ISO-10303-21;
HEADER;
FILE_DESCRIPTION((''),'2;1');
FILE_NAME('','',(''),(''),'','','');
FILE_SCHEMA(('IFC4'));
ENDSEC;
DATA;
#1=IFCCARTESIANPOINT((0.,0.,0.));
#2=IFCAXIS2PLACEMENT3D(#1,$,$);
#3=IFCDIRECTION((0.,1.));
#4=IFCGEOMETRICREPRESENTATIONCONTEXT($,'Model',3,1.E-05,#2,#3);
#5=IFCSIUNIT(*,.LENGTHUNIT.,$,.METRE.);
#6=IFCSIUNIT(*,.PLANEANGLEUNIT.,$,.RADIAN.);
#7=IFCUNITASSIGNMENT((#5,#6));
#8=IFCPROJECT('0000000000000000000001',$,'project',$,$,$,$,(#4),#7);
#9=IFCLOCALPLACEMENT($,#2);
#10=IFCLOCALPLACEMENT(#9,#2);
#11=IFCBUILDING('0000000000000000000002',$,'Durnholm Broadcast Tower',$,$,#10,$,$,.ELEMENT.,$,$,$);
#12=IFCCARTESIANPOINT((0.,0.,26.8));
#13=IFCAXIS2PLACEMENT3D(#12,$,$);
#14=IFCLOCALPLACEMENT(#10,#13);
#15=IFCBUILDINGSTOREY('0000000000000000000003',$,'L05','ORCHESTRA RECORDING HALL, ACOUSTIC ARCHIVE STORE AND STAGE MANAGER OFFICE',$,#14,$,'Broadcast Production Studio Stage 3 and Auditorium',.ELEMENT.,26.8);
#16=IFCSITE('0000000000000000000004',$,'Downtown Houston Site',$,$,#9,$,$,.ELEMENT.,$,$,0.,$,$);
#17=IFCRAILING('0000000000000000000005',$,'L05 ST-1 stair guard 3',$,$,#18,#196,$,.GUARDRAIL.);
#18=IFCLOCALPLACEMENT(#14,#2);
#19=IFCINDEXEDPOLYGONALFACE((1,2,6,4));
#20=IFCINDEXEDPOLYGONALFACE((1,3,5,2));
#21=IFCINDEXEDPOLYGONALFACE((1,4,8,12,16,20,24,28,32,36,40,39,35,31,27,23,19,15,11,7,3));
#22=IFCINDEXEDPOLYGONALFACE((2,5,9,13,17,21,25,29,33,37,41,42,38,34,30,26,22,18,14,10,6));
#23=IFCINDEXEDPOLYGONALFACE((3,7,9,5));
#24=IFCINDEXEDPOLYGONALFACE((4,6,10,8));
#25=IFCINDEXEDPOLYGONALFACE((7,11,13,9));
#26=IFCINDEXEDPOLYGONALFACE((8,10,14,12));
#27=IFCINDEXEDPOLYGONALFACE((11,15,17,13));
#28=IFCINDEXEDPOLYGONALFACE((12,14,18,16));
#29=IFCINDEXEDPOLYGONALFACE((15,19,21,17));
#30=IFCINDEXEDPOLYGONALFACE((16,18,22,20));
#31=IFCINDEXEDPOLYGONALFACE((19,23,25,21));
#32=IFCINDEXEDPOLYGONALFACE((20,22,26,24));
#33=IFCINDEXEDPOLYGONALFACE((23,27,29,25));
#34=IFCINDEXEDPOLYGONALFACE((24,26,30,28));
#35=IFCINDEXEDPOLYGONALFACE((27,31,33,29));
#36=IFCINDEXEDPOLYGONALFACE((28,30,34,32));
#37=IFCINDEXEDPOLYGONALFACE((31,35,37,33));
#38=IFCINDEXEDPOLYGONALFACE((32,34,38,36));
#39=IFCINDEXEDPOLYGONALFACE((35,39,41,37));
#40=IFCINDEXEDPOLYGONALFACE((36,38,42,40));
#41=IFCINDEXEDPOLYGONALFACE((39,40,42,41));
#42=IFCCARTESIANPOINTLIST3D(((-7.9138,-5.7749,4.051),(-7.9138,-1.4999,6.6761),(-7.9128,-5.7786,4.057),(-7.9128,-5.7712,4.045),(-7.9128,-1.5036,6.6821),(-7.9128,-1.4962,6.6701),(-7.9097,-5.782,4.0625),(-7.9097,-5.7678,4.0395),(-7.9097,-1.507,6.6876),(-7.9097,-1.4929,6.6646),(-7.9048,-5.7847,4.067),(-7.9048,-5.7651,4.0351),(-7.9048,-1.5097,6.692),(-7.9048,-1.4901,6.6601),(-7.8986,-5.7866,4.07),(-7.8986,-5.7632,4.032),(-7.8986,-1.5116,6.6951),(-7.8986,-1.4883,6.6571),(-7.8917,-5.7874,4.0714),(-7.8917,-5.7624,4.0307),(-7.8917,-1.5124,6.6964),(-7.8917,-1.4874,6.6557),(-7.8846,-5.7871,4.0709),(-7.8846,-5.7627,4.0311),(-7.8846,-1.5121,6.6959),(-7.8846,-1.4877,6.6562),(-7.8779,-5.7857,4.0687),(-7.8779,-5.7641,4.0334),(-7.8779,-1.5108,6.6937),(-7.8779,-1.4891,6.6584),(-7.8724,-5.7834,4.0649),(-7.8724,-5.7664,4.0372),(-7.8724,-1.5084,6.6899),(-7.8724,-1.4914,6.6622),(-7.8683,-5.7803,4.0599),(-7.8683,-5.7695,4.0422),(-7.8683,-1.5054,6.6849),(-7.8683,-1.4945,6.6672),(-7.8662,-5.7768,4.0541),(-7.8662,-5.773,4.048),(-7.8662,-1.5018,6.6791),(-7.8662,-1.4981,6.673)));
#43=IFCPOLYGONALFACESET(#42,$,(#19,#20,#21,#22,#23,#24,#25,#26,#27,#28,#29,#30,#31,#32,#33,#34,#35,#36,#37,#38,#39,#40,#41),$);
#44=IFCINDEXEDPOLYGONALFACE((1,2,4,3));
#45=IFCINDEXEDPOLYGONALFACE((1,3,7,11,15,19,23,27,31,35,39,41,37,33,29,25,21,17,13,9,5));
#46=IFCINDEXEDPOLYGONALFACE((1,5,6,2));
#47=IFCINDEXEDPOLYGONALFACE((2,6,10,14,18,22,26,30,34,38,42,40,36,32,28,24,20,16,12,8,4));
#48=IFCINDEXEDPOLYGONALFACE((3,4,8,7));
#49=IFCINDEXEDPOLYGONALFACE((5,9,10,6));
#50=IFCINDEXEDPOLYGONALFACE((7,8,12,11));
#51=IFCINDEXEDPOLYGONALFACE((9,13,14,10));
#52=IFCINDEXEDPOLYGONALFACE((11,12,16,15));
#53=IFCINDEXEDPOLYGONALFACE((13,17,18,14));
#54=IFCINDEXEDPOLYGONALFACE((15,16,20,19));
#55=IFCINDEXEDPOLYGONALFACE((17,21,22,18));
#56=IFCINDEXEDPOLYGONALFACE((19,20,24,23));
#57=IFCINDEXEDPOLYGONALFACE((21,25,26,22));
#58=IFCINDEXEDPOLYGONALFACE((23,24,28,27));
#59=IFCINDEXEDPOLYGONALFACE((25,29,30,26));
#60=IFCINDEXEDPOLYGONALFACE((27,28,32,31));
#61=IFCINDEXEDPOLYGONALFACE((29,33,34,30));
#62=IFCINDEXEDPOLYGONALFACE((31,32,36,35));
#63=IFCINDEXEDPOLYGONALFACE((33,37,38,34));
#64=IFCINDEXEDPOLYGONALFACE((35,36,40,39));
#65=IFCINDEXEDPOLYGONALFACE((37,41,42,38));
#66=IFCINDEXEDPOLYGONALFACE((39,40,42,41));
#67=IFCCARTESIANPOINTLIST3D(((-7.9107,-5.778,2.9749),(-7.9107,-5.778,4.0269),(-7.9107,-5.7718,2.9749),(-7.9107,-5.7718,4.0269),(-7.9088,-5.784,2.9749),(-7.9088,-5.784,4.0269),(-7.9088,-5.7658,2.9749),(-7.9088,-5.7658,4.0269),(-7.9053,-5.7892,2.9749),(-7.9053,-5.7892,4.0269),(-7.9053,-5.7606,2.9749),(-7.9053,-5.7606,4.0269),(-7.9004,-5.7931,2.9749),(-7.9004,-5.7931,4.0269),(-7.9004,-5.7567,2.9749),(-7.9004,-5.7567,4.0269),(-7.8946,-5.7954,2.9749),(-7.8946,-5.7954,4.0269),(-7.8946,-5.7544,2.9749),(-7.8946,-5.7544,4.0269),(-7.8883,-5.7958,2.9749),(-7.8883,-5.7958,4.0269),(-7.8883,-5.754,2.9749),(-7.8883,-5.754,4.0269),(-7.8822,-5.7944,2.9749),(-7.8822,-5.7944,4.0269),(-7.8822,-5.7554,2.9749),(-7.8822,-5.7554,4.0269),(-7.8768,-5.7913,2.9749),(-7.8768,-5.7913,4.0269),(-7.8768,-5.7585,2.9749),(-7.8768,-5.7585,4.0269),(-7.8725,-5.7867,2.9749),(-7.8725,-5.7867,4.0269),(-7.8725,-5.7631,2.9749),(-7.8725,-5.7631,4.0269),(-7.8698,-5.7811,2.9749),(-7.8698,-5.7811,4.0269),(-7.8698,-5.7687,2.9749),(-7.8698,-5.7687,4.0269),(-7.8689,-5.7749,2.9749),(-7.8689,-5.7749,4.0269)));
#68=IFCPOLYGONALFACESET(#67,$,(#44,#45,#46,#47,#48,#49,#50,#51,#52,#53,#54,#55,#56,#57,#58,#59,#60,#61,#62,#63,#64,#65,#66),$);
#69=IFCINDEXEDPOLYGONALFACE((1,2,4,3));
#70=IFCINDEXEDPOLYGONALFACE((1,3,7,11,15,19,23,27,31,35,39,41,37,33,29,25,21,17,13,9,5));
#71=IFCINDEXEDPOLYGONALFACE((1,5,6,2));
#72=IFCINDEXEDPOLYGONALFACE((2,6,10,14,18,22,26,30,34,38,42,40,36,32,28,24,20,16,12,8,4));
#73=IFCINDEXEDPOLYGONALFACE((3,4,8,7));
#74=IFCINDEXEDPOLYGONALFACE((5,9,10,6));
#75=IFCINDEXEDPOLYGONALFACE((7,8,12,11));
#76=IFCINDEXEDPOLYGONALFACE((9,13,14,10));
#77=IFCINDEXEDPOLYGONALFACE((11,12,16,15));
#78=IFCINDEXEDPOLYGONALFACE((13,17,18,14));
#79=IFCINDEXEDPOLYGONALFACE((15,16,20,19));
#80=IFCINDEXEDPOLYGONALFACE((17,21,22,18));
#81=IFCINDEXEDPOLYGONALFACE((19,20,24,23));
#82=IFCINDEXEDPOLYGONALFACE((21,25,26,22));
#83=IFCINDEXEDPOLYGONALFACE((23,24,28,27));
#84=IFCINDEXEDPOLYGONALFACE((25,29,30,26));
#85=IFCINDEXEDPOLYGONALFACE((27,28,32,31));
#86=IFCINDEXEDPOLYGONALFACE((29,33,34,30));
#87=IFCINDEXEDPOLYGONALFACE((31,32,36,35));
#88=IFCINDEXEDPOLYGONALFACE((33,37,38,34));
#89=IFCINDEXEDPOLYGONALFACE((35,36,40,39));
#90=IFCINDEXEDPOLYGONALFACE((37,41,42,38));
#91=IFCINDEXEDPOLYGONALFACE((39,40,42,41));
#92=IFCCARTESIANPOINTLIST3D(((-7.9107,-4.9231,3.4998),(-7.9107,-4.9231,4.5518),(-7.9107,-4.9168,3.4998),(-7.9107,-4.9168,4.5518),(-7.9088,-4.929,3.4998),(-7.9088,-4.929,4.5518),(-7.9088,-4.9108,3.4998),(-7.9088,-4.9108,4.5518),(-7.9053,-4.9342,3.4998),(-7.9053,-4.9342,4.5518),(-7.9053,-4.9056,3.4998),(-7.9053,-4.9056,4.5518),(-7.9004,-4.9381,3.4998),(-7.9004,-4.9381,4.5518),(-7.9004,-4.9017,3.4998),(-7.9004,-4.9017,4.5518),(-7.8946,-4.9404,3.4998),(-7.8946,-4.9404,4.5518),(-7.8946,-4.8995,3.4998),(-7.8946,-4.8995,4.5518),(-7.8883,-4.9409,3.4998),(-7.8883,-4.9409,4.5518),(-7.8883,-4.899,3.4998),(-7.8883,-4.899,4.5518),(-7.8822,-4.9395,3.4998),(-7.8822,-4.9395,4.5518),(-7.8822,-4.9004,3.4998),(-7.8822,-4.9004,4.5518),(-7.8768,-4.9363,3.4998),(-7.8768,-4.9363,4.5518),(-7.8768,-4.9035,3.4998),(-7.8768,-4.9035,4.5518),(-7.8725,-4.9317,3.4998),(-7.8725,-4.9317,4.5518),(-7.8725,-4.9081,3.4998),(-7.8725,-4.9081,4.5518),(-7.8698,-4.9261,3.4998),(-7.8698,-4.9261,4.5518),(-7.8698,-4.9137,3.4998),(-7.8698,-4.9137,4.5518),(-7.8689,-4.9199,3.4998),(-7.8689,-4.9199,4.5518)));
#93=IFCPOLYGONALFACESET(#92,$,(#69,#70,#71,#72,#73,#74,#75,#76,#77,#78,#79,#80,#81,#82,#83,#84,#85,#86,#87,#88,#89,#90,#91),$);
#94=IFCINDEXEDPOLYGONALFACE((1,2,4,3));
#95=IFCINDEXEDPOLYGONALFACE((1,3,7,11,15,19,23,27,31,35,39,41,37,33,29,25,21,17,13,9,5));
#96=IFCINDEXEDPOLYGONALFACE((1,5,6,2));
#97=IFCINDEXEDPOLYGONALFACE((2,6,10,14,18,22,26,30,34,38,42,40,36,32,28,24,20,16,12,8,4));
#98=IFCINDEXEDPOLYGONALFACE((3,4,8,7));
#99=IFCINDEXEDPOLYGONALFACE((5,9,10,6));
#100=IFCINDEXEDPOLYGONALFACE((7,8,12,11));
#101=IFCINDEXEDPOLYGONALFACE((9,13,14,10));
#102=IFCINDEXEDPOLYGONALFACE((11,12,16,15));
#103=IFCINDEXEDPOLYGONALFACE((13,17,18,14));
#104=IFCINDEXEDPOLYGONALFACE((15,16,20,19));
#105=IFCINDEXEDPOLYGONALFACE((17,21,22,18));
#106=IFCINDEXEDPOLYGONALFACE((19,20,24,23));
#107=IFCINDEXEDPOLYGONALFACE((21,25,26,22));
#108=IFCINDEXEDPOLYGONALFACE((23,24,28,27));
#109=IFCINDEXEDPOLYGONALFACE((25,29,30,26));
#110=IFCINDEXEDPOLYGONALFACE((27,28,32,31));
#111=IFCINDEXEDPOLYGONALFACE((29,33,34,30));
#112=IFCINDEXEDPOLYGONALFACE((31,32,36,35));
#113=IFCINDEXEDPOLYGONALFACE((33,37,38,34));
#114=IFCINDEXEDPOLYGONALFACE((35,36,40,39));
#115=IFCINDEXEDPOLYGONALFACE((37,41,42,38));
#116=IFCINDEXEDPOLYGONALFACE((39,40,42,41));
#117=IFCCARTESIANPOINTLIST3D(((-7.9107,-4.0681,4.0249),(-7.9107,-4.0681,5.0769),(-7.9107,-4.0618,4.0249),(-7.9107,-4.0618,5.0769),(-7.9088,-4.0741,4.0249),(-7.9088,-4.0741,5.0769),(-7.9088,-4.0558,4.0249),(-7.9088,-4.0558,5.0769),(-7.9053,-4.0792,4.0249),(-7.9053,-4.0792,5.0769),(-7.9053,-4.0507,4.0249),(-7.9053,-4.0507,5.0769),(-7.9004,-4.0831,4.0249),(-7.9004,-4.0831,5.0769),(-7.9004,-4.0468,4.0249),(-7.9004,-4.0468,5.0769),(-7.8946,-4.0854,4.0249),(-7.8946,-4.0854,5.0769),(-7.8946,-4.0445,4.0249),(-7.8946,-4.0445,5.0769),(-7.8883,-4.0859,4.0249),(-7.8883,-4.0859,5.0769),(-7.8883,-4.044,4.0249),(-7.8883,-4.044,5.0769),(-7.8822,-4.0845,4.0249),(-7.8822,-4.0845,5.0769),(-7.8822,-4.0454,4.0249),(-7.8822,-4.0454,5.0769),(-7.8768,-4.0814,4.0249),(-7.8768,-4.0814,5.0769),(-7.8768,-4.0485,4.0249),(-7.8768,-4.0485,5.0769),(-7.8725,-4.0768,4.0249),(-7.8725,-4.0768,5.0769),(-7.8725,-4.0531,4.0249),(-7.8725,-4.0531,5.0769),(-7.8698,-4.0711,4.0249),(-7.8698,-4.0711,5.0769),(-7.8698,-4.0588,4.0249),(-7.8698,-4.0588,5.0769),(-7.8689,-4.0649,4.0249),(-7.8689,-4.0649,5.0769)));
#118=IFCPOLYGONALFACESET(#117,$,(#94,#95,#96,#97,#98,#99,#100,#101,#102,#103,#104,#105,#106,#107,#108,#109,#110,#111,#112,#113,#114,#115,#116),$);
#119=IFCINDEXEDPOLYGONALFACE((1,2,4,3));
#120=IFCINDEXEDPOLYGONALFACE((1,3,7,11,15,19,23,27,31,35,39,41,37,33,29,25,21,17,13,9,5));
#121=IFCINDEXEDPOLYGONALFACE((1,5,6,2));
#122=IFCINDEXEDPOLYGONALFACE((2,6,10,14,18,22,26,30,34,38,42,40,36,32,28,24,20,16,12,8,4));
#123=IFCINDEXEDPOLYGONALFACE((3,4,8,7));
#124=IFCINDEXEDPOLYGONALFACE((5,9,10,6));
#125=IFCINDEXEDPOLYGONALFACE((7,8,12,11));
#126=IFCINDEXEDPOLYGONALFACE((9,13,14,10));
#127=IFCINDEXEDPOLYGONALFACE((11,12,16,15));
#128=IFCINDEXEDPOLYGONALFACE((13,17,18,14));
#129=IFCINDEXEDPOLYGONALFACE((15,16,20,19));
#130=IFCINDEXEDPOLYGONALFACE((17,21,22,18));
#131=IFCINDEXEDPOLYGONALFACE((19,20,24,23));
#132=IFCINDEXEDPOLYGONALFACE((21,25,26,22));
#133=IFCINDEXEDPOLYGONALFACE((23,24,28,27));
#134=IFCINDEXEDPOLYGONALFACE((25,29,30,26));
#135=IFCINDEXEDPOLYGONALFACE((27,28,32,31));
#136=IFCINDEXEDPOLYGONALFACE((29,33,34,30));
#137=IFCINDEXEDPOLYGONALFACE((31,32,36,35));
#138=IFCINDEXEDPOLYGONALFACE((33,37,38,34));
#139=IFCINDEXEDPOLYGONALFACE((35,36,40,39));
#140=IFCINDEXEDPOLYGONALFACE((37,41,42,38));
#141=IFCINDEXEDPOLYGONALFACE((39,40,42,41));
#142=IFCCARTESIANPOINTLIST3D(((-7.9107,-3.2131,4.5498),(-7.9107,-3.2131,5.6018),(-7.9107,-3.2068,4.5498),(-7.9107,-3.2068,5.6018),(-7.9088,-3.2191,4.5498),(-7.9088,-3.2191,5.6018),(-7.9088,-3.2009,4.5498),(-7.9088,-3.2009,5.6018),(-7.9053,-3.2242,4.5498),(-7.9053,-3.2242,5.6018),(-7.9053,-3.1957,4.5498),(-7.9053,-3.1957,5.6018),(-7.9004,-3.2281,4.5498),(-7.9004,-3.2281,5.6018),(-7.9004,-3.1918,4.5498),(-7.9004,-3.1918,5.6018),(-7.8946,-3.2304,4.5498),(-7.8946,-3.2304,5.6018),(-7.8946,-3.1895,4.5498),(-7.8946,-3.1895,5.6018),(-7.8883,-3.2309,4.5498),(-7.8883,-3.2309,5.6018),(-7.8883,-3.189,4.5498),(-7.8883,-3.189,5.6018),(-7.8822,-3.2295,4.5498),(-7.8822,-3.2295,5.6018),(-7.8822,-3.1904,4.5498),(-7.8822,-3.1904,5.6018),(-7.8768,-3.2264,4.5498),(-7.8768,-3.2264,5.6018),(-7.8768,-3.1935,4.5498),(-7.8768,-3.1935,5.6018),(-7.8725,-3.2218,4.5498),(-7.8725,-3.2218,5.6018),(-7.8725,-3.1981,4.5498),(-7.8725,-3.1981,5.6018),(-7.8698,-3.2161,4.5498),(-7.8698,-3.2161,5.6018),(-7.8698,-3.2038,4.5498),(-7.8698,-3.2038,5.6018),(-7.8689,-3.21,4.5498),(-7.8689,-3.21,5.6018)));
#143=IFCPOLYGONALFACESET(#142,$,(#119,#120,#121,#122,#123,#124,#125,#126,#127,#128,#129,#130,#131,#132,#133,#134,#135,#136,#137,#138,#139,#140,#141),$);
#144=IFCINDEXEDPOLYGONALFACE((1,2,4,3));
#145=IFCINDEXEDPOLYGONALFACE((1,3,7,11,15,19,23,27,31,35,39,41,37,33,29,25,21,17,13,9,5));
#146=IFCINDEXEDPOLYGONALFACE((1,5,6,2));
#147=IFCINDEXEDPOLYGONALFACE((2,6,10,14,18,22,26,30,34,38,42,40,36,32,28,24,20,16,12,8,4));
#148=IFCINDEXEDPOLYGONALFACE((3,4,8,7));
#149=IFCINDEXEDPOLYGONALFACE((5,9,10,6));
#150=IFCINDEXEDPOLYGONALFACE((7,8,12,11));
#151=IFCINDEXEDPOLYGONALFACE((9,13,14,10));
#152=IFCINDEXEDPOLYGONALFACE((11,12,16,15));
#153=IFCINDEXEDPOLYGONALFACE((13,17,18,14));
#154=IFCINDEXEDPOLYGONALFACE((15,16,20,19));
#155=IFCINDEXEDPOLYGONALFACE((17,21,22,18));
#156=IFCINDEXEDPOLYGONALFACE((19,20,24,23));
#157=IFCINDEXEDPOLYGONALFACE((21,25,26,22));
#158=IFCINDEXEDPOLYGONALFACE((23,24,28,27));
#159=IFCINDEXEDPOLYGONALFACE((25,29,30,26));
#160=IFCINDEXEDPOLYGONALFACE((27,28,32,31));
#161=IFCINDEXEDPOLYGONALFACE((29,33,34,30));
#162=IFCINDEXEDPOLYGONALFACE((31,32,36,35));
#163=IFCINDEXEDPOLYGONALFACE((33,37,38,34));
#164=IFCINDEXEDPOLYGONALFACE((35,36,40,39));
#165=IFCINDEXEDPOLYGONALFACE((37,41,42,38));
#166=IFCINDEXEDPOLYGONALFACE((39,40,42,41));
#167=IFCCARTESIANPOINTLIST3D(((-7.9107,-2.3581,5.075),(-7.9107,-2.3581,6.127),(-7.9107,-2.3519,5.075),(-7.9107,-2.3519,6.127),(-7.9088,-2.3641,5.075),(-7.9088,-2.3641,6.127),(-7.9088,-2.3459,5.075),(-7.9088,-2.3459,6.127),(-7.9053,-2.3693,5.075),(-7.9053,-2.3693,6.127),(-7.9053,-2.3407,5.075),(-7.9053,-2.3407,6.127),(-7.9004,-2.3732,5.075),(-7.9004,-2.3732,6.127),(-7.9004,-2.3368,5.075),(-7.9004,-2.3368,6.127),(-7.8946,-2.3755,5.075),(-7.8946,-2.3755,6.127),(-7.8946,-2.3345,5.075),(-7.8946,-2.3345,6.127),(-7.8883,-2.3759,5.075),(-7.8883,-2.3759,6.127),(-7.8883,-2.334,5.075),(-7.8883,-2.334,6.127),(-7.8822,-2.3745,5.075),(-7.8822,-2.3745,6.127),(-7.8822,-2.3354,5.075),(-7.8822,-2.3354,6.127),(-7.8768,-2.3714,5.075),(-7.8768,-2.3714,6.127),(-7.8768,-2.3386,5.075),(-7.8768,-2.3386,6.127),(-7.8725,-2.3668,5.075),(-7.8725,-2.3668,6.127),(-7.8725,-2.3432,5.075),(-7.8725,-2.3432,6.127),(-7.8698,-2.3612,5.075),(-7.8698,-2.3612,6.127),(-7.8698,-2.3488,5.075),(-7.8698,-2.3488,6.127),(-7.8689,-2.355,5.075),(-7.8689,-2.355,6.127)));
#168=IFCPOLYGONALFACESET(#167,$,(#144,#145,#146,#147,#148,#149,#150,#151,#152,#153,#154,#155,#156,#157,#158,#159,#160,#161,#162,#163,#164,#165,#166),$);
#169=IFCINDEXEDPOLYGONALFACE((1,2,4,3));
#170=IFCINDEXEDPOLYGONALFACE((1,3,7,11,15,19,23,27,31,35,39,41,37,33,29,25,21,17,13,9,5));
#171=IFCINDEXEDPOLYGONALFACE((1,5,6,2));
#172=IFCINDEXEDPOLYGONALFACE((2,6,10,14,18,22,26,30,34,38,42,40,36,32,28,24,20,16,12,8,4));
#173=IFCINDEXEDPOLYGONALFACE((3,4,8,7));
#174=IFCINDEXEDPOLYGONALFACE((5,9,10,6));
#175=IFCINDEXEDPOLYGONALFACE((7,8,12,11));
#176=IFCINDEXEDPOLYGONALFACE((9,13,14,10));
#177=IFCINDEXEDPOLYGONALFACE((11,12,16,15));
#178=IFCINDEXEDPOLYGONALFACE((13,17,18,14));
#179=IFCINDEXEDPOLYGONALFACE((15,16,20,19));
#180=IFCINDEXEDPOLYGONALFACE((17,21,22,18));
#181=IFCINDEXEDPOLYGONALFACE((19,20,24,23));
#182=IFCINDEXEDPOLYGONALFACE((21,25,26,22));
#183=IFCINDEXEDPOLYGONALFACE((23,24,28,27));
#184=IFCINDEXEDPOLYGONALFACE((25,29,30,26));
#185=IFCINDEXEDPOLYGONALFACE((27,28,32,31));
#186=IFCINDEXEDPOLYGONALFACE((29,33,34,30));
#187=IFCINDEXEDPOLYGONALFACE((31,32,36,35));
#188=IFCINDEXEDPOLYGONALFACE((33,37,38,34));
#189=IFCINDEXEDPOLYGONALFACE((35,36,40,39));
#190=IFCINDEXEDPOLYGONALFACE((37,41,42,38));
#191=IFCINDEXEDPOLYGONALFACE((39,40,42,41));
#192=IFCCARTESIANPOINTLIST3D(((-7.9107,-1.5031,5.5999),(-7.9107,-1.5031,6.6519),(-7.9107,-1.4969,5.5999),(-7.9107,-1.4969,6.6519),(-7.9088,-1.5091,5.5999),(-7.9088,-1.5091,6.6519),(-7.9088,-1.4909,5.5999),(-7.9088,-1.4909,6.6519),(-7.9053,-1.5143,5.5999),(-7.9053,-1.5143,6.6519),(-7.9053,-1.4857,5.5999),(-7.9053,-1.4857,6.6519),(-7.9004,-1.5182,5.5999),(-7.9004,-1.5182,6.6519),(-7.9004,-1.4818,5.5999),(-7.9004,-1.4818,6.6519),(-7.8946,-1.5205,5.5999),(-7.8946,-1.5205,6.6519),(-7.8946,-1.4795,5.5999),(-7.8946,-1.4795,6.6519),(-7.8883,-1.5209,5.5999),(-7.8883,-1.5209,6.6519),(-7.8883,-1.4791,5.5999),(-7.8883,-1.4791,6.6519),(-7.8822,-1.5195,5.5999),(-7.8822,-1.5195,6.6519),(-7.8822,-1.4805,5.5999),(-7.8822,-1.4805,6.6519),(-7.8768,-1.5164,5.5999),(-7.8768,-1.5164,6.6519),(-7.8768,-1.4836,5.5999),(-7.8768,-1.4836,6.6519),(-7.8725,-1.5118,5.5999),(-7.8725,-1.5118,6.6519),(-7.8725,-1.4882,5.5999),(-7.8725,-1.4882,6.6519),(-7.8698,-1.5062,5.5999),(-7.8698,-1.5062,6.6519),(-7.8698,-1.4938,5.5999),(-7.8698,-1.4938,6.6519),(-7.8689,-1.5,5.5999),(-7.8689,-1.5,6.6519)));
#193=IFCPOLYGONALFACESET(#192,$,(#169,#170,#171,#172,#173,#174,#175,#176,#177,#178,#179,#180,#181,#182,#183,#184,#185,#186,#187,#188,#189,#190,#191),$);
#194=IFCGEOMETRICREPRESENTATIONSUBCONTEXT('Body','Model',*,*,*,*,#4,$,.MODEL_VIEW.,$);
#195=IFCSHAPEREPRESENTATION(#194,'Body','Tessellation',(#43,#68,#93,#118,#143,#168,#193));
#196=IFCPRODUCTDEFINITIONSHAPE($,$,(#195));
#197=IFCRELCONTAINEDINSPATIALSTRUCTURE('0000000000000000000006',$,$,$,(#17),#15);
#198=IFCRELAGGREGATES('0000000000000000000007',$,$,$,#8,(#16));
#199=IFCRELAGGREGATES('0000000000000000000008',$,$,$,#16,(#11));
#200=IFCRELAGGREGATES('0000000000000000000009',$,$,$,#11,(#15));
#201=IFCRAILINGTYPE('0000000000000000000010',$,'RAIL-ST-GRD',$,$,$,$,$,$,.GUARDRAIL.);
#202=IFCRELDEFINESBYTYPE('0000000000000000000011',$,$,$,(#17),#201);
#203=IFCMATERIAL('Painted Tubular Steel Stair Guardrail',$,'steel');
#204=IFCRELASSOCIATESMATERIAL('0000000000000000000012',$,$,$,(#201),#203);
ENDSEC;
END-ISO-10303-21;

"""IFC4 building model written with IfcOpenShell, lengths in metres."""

from ifc_helpers import new_model, si_unit, direction, frame, origin, origin_2d, place, context, subcontext, project, spatial, circle, extrude, material, type_object, element, save


model = new_model("IFC4")

# Units and contexts
model_context = context("Model", 3, precision=1e-05, world=origin(), true_north=direction((0.0, 1.0)))
body_context = subcontext(model_context, "Body", "Model", "MODEL_VIEW")
ifc_project = project(units=[si_unit("LENGTHUNIT", "METRE"), si_unit("PLANEANGLEUNIT", "RADIAN")], contexts=[model_context])

# Site, building, storey
site_placement = place(None, origin())
site = spatial("IfcSite", under=ifc_project, at=site_placement, Name="Downtown Houston Site", CompositionType="ELEMENT", RefElevation=0.0)
building_placement = place(site_placement, origin())
building = spatial("IfcBuilding", under=site, at=building_placement, Name="Durnholm Broadcast Tower", CompositionType="ELEMENT")
storey_placement = place(building_placement, frame((0.0, 0.0, 26.8)))
storey = spatial("IfcBuildingStorey", under=building, at=storey_placement, Name="L05", Description="ORCHESTRA RECORDING HALL, ACOUSTIC ARCHIVE STORE AND STAGE MANAGER OFFICE", LongName="Broadcast Production Studio Stage 3 and Auditorium", CompositionType="ELEMENT", Elevation=26.8)

# Railing
ifc_material_1 = material(Name="Painted Tubular Steel Stair Guardrail", Category="steel")
railing_type_1 = type_object("IfcRailingType", Name="RAIL-ST-GRD", PredefinedType="GUARDRAIL", material=ifc_material_1)
railing_1_placement = place(storey_placement, frame((-7.8899, -5.7749, 2.9749)))
element("IfcRailing", 1, at=railing_1_placement, inside=storey, type_object=railing_type_1, Name="L05 ST-1 stair guard 3", PredefinedType="GUARDRAIL", context=body_context, shape_type="SweptSolid", body=[
    extrude(circle(Radius=0.0239, at=origin_2d()), frame((0.0, 0.0, 1.0762), z_axis=(0.0, 0.852166, 0.523272), x_axis=(-1.0, 0.0, 0.0)), (0.0, 0.0, 1.0), 5.0166),
    extrude(circle(Radius=0.021, at=origin_2d()), origin(), (0.0, 0.0, 1.0), 1.052),
    extrude(circle(Radius=0.021, at=origin_2d()), frame((0.0, 0.855, 0.5249)), (0.0, 0.0, 1.0), 1.052),
    extrude(circle(Radius=0.021, at=origin_2d()), frame((0.0, 1.71, 1.05)), (0.0, 0.0, 1.0), 1.052),
    extrude(circle(Radius=0.021, at=origin_2d()), frame((0.0, 2.5649, 1.575)), (0.0, 0.0, 1.0), 1.052),
    extrude(circle(Radius=0.021, at=origin_2d()), frame((0.0, 3.4199, 2.1001)), (0.0, 0.0, 1.0), 1.052),
    extrude(circle(Radius=0.021, at=origin_2d()), frame((0.0, 4.2749, 2.625)), (0.0, 0.0, 1.0), 1.052),
])

save(model, "model.ifc")
